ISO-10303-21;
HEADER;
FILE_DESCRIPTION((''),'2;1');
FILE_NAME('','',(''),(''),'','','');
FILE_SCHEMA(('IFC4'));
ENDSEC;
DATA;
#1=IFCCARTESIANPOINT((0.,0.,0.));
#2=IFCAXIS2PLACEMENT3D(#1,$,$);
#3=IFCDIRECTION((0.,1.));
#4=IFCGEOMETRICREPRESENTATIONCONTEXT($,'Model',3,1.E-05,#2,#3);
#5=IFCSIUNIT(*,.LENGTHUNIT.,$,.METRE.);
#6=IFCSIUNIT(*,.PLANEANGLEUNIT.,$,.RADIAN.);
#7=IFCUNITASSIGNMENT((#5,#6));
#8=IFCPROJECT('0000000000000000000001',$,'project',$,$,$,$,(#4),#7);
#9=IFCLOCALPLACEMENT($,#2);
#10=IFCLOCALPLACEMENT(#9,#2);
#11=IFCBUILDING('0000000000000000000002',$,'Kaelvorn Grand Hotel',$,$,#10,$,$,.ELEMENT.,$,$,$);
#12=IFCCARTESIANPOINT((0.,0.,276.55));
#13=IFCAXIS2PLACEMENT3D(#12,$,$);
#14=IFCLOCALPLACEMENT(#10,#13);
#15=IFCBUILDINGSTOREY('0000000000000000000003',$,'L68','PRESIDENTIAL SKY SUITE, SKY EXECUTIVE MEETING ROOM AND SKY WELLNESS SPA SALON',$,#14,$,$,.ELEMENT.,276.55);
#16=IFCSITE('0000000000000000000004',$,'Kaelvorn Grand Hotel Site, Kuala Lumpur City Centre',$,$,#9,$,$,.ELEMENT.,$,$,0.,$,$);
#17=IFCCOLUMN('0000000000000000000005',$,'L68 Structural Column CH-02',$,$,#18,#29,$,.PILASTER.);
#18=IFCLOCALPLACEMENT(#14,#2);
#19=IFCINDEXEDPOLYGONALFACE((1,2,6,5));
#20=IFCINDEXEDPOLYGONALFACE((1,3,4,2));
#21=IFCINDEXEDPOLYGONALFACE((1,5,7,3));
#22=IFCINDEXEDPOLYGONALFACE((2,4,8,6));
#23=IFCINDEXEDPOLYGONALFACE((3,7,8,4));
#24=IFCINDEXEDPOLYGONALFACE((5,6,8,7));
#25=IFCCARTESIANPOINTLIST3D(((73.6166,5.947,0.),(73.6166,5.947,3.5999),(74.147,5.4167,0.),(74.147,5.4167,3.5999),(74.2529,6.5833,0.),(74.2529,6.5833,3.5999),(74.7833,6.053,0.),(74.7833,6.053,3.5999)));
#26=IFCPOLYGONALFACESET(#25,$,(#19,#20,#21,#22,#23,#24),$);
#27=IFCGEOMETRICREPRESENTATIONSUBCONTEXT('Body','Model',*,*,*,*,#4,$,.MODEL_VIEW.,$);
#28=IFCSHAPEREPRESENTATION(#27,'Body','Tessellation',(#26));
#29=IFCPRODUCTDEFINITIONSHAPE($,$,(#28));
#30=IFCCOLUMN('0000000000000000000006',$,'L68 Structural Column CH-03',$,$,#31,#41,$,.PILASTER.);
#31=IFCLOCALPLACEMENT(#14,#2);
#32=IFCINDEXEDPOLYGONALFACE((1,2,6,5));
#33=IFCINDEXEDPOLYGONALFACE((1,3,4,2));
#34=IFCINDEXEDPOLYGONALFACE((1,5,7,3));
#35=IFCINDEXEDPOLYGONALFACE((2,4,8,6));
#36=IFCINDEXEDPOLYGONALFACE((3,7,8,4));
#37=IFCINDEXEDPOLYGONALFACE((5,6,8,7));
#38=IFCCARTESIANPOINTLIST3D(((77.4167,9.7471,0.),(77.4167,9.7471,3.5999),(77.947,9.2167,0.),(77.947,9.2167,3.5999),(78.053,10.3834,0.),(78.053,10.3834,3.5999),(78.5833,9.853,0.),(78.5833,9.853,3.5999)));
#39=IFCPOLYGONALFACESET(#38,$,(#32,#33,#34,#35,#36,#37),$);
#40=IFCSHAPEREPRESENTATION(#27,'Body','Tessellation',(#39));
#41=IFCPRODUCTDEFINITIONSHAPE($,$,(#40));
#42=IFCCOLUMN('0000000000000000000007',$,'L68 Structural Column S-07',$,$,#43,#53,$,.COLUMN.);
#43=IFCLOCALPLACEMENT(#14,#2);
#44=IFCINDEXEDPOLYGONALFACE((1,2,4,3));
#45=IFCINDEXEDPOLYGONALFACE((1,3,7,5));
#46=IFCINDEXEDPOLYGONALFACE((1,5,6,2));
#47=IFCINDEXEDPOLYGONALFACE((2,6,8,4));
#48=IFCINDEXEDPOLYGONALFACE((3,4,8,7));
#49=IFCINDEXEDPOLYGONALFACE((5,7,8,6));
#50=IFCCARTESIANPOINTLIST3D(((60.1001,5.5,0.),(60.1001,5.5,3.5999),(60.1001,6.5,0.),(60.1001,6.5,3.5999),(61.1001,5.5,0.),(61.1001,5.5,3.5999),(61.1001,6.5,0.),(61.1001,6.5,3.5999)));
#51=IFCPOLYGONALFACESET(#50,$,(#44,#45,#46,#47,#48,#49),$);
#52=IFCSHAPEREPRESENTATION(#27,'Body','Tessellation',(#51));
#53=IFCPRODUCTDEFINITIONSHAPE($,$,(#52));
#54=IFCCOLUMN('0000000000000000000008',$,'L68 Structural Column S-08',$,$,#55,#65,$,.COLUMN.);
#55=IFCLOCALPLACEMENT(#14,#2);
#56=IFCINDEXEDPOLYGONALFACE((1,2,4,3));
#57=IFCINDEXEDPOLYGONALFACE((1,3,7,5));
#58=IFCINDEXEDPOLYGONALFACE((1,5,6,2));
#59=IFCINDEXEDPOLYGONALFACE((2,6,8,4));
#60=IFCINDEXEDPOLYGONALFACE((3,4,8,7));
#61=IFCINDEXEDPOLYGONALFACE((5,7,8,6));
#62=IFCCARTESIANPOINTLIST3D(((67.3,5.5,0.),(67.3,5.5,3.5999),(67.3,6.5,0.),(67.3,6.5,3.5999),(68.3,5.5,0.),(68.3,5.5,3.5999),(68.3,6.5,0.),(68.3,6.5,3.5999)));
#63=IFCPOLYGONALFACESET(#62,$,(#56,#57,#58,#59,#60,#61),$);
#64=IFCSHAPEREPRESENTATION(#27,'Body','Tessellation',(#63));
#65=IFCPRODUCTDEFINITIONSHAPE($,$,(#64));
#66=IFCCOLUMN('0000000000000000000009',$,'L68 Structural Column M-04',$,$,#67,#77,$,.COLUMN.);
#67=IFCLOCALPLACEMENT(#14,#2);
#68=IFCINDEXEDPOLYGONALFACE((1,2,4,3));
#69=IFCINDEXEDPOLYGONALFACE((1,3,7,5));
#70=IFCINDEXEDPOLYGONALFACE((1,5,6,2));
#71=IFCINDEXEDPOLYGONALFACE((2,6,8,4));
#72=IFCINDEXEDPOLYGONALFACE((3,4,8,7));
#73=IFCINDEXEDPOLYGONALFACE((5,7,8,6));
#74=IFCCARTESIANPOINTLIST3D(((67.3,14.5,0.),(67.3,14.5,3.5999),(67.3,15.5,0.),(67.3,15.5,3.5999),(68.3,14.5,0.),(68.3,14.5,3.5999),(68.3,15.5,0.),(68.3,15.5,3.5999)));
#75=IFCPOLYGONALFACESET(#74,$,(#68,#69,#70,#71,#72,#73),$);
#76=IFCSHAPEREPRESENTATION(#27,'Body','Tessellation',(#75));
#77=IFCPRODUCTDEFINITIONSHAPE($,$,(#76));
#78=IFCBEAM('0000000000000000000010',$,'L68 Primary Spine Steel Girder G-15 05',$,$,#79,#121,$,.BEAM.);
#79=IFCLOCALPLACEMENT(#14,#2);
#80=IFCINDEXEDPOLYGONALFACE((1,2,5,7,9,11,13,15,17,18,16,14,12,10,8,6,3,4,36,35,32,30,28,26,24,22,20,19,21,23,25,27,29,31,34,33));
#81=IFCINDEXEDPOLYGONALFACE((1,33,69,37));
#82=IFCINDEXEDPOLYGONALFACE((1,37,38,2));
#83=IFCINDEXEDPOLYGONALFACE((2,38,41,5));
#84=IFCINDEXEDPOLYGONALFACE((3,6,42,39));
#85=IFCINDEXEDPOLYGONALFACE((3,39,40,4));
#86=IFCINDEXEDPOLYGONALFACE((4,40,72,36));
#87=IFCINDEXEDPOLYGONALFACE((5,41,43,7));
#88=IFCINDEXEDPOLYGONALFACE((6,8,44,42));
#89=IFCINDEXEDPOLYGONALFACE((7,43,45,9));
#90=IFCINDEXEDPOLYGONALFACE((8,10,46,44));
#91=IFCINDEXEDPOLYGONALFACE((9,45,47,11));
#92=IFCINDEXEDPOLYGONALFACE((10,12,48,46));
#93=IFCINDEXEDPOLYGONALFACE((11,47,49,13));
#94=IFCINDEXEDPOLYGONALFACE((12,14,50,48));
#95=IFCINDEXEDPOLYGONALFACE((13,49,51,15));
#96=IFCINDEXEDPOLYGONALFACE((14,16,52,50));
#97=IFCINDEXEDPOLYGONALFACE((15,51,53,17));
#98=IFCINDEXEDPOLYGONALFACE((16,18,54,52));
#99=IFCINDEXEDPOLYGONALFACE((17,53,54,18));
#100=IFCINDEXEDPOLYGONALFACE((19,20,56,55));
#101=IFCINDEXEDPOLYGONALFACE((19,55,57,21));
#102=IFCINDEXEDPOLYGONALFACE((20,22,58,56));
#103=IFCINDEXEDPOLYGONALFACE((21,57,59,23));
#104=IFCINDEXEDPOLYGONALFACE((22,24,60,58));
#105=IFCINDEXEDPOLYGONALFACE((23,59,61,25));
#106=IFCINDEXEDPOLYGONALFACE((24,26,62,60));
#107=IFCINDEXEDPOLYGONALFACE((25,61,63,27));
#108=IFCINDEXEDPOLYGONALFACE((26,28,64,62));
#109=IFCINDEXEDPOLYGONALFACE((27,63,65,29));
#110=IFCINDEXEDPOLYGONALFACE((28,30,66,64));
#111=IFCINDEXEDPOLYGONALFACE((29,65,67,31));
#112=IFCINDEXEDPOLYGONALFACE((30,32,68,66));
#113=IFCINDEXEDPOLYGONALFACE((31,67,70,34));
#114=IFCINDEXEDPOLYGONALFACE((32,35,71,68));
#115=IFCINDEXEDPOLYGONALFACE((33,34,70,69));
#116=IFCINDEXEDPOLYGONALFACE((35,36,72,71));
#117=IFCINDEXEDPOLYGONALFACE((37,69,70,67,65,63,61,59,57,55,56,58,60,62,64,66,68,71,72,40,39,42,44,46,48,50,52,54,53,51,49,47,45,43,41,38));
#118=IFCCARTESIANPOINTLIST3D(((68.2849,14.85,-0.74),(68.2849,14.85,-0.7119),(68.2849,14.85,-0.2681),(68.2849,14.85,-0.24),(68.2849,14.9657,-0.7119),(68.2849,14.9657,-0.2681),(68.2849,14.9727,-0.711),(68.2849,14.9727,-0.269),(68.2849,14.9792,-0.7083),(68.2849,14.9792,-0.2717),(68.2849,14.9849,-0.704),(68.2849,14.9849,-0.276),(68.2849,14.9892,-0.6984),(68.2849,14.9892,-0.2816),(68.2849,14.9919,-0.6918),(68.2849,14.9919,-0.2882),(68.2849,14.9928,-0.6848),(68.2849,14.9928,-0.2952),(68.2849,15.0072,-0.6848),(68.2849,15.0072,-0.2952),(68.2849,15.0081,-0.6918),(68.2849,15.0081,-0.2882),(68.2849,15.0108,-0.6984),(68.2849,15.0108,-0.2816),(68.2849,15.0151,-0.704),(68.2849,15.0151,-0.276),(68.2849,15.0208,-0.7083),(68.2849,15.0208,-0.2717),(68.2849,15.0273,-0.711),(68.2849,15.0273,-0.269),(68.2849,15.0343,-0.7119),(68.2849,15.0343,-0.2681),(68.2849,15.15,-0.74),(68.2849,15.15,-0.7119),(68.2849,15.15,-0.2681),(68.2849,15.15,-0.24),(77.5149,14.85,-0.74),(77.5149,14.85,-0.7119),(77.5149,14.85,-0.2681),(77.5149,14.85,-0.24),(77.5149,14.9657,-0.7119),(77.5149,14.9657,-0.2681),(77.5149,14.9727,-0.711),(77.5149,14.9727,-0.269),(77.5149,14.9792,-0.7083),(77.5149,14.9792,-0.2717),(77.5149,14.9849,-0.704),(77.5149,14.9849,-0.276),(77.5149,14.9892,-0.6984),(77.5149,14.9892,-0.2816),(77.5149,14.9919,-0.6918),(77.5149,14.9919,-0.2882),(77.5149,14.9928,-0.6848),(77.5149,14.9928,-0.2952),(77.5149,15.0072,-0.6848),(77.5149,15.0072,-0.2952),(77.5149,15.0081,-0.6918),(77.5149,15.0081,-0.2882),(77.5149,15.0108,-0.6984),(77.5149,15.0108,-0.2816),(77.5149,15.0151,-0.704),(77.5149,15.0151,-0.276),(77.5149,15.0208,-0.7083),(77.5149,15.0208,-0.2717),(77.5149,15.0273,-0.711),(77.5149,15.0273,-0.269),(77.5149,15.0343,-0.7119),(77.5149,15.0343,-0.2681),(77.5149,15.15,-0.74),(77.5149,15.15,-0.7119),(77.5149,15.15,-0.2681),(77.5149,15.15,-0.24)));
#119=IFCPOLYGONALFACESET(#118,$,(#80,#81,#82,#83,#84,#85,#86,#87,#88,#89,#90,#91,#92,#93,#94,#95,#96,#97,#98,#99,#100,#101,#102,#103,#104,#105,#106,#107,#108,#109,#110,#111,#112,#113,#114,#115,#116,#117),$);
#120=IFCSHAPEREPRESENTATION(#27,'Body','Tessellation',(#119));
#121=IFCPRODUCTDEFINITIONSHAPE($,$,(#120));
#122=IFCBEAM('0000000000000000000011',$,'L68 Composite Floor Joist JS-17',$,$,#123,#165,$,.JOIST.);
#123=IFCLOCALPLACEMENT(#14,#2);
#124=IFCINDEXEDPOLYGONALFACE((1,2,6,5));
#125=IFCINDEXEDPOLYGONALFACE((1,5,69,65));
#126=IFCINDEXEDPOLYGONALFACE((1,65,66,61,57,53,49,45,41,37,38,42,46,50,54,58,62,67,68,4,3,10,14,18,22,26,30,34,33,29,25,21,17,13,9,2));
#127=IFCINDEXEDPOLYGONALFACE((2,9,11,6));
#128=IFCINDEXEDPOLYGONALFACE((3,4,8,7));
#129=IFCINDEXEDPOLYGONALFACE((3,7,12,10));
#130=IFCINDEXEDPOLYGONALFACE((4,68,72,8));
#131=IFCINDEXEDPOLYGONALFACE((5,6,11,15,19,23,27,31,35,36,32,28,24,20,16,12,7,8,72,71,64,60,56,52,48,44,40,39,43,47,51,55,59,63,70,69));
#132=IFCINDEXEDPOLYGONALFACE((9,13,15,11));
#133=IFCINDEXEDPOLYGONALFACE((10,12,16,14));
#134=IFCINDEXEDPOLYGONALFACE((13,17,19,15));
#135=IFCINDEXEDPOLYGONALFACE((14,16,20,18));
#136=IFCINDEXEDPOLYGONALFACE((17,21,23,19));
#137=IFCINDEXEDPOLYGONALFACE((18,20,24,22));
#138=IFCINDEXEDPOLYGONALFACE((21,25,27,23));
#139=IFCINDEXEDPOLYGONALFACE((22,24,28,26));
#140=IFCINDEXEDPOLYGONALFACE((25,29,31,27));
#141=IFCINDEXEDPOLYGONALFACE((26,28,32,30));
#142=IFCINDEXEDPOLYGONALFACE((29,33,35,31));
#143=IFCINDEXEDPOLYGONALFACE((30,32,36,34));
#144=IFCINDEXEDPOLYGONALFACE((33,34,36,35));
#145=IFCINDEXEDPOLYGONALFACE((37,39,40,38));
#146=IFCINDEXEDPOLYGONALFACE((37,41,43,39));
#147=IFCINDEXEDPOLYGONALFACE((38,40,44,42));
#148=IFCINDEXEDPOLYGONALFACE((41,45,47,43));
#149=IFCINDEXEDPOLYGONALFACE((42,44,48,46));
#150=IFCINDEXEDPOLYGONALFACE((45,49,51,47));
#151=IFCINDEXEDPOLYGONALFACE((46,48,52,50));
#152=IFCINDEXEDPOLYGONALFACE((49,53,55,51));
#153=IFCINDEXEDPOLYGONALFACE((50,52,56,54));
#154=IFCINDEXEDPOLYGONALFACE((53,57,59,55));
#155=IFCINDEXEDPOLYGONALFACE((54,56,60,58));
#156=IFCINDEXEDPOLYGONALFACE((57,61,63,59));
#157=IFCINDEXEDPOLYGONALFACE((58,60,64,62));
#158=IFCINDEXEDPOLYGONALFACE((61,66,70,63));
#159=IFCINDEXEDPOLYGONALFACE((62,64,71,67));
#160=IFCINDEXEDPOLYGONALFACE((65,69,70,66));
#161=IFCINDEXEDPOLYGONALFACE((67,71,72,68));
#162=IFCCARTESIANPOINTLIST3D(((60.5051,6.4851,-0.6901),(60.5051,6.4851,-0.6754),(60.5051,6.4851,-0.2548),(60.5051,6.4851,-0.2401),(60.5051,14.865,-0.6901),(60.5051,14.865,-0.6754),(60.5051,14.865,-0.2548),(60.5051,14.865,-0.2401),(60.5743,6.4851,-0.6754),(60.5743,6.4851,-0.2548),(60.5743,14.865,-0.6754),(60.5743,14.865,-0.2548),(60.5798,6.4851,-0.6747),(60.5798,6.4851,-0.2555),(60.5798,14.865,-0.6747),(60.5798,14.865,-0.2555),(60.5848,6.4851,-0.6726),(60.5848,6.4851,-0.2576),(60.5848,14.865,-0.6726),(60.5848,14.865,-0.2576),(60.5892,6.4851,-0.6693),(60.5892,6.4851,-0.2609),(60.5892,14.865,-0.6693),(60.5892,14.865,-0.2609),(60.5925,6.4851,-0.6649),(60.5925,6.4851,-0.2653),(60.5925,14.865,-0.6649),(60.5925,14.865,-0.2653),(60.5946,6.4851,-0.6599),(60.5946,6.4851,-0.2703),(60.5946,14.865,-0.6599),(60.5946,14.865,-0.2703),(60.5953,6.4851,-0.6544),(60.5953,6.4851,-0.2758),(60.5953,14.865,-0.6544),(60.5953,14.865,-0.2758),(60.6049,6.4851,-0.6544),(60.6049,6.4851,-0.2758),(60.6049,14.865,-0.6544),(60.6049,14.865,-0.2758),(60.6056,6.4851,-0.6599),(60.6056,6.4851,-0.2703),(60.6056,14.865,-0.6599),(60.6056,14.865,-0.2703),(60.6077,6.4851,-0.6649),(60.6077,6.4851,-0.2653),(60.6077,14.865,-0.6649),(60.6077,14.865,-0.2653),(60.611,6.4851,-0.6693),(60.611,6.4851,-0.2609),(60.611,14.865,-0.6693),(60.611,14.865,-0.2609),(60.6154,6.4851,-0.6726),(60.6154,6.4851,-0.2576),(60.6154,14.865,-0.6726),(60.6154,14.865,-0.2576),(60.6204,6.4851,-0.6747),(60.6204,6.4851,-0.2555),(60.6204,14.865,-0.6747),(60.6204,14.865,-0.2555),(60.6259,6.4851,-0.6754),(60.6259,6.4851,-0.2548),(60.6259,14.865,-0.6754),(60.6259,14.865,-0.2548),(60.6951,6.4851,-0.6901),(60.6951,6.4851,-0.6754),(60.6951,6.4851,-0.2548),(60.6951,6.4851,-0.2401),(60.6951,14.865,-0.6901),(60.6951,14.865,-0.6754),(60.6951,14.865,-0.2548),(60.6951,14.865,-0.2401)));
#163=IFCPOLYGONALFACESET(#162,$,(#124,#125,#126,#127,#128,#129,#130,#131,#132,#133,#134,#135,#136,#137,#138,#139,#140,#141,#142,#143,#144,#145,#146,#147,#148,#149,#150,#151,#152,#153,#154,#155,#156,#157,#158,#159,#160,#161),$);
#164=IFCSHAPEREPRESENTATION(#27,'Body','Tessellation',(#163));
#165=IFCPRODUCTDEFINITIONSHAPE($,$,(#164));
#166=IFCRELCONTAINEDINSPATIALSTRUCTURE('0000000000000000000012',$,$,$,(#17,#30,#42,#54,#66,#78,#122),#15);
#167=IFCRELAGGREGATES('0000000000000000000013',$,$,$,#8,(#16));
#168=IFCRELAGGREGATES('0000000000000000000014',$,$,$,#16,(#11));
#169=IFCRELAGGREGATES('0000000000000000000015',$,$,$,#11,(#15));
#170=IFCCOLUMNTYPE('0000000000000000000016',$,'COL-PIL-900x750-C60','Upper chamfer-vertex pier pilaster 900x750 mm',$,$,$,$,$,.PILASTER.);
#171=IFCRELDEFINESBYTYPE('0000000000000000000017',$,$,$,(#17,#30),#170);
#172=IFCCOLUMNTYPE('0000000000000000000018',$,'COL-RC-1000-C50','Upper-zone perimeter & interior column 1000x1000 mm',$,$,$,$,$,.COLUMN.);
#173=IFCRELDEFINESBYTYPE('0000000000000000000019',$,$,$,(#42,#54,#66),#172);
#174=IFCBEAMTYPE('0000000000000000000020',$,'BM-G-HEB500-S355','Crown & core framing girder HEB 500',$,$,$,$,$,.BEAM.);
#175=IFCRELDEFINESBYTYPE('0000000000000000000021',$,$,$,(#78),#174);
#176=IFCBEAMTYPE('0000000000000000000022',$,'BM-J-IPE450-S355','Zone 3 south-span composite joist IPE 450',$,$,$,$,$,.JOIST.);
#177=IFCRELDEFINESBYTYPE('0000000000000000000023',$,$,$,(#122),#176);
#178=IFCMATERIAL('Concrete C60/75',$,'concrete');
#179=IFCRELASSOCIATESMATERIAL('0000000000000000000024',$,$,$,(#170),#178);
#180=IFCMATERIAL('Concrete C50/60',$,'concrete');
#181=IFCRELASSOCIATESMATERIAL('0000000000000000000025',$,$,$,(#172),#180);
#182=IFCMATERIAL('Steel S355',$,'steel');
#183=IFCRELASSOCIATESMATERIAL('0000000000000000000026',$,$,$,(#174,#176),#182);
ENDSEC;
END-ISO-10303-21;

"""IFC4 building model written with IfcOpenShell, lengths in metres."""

from ifc_helpers import new_model, si_unit, direction, frame, origin, origin_2d, place, context, subcontext, project, spatial, rectangle, i_section, extrude, material, material_profile, profile_set, type_object, element, save


model = new_model("IFC4")

# Units and contexts
model_context = context("Model", 3, precision=1e-05, world=origin(), true_north=direction((0.0, 1.0)))
body_context = subcontext(model_context, "Body", "Model", "MODEL_VIEW")
ifc_project = project(units=[si_unit("LENGTHUNIT", "METRE"), si_unit("PLANEANGLEUNIT", "RADIAN")], contexts=[model_context])

# Site, building, storey
site_placement = place(None, origin())
site = spatial("IfcSite", under=ifc_project, at=site_placement, Name="Kaelvorn Grand Hotel Site, Kuala Lumpur City Centre", CompositionType="ELEMENT", RefElevation=0.0)
building_placement = place(site_placement, origin())
building = spatial("IfcBuilding", under=site, at=building_placement, Name="Kaelvorn Grand Hotel", CompositionType="ELEMENT")
storey_placement = place(building_placement, frame((0.0, 0.0, 276.55)))
storey = spatial("IfcBuildingStorey", under=building, at=storey_placement, Name="L68", Description="PRESIDENTIAL SKY SUITE, SKY EXECUTIVE MEETING ROOM AND SKY WELLNESS SPA SALON", CompositionType="ELEMENT", Elevation=276.55)

# Columns
ifc_material_1 = material(Name="Concrete C60/75", Category="concrete")
ifc_material_profile_1 = material_profile(ifc_material_1, rectangle(XDim=0.8999, YDim=0.75, at=origin_2d()), Name="RC PILASTER 900x750")
ifc_profile_set_1 = profile_set([ifc_material_profile_1], Name="Concrete C60/75")
column_type_1 = type_object("IfcColumnType", Name="COL-PIL-900x750-C60", Description="Upper chamfer-vertex pier pilaster 900x750 mm", PredefinedType="PILASTER", material=ifc_profile_set_1)
for number, where, z_axis, x_axis, name in (
    (1, (74.2, 6.0, 0.0), (0.0, 0.0, 1.0), (0.707107, 0.707107, 0.0), "L68 Structural Column CH-02"),
    (2, (78.0, 9.8, 0.0), (0.0, 0.0, 1.0), (0.707107, 0.707107, 0.0), "L68 Structural Column CH-03"),
):
    element("IfcColumn", number, at=place(storey_placement, frame(where, z_axis=z_axis, x_axis=x_axis)), inside=storey, type_object=column_type_1, Name=name, PredefinedType="PILASTER", context=body_context, shape_type="SweptSolid", body=[
        extrude(rectangle(XDim=0.8999, YDim=0.75, at=origin_2d()), origin(), (0.0, 0.0, 1.0), 3.5999),
    ])
ifc_material_2 = material(Name="Concrete C50/60", Category="concrete")
ifc_material_profile_2 = material_profile(ifc_material_2, rectangle(XDim=1.0, YDim=1.0, at=origin_2d()), Name="RC COL 1000x1000")
ifc_profile_set_2 = profile_set([ifc_material_profile_2], Name="Concrete C50/60")
column_type_2 = type_object("IfcColumnType", Name="COL-RC-1000-C50", Description="Upper-zone perimeter & interior column 1000x1000 mm", PredefinedType="COLUMN", material=ifc_profile_set_2)
for number, where, z_axis, x_axis, name in (
    (3, (60.6001, 6.0, 0.0), (0.0, 0.0, 1.0), (1.0, 0.0, 0.0), "L68 Structural Column S-07"),
    (4, (67.8, 6.0, 0.0), (0.0, 0.0, 1.0), (1.0, 0.0, 0.0), "L68 Structural Column S-08"),
    (5, (67.8, 15.0, 0.0), (0.0, 0.0, 1.0), (1.0, 0.0, 0.0), "L68 Structural Column M-04"),
):
    element("IfcColumn", number, at=place(storey_placement, frame(where, z_axis=z_axis, x_axis=x_axis)), inside=storey, type_object=column_type_2, Name=name, PredefinedType="COLUMN", context=body_context, shape_type="SweptSolid", body=[
        extrude(rectangle(XDim=1.0, YDim=1.0, at=origin_2d()), origin(), (0.0, 0.0, 1.0), 3.5999),
    ])

# Beams
ifc_material_3 = material(Name="Steel S355", Category="steel")
ifc_material_profile_3 = material_profile(ifc_material_3, i_section(OverallWidth=0.3, OverallDepth=0.5, WebThickness=0.0144, FlangeThickness=0.0281, FilletRadius=0.0271, at=origin_2d()), Name="HEB 500")
ifc_profile_set_3 = profile_set([ifc_material_profile_3], Name="Steel S355")
beam_type_1 = type_object("IfcBeamType", Name="BM-G-HEB500-S355", Description="Crown & core framing girder HEB 500", PredefinedType="BEAM", material=ifc_profile_set_3)
beam_1_placement = place(storey_placement, frame((68.2849, 15.0, -0.49), z_axis=(1.0, 0.0, 0.0), x_axis=(0.0, 1.0, 0.0)))
element("IfcBeam", 6, at=beam_1_placement, inside=storey, type_object=beam_type_1, Name="L68 Primary Spine Steel Girder G-15 05", PredefinedType="BEAM", context=body_context, shape_type="SweptSolid", body=[
    extrude(i_section(OverallWidth=0.3, OverallDepth=0.5, WebThickness=0.0144, FlangeThickness=0.0281, FilletRadius=0.0271, at=origin_2d()), origin(), (0.0, 0.0, 1.0), 9.23),
])
ifc_material_profile_4 = material_profile(ifc_material_3, i_section(OverallWidth=0.1899, OverallDepth=0.45, WebThickness=0.0095, FlangeThickness=0.0146, FilletRadius=0.021, at=origin_2d()), Name="IPE 450")
ifc_profile_set_4 = profile_set([ifc_material_profile_4], Name="Steel S355")
beam_type_2 = type_object("IfcBeamType", Name="BM-J-IPE450-S355", Description="Zone 3 south-span composite joist IPE 450", PredefinedType="JOIST", material=ifc_profile_set_4)
beam_2_placement = place(storey_placement, frame((60.6001, 6.4851, -0.4651), z_axis=(0.0, 1.0, 0.0), x_axis=(-1.0, 0.0, 0.0)))
element("IfcBeam", 7, at=beam_2_placement, inside=storey, type_object=beam_type_2, Name="L68 Composite Floor Joist JS-17", PredefinedType="JOIST", context=body_context, shape_type="SweptSolid", body=[
    extrude(i_section(OverallWidth=0.1899, OverallDepth=0.45, WebThickness=0.0095, FlangeThickness=0.0146, FilletRadius=0.021, at=origin_2d()), origin(), (0.0, 0.0, 1.0), 8.3799),
])

save(model, "model.ifc")
